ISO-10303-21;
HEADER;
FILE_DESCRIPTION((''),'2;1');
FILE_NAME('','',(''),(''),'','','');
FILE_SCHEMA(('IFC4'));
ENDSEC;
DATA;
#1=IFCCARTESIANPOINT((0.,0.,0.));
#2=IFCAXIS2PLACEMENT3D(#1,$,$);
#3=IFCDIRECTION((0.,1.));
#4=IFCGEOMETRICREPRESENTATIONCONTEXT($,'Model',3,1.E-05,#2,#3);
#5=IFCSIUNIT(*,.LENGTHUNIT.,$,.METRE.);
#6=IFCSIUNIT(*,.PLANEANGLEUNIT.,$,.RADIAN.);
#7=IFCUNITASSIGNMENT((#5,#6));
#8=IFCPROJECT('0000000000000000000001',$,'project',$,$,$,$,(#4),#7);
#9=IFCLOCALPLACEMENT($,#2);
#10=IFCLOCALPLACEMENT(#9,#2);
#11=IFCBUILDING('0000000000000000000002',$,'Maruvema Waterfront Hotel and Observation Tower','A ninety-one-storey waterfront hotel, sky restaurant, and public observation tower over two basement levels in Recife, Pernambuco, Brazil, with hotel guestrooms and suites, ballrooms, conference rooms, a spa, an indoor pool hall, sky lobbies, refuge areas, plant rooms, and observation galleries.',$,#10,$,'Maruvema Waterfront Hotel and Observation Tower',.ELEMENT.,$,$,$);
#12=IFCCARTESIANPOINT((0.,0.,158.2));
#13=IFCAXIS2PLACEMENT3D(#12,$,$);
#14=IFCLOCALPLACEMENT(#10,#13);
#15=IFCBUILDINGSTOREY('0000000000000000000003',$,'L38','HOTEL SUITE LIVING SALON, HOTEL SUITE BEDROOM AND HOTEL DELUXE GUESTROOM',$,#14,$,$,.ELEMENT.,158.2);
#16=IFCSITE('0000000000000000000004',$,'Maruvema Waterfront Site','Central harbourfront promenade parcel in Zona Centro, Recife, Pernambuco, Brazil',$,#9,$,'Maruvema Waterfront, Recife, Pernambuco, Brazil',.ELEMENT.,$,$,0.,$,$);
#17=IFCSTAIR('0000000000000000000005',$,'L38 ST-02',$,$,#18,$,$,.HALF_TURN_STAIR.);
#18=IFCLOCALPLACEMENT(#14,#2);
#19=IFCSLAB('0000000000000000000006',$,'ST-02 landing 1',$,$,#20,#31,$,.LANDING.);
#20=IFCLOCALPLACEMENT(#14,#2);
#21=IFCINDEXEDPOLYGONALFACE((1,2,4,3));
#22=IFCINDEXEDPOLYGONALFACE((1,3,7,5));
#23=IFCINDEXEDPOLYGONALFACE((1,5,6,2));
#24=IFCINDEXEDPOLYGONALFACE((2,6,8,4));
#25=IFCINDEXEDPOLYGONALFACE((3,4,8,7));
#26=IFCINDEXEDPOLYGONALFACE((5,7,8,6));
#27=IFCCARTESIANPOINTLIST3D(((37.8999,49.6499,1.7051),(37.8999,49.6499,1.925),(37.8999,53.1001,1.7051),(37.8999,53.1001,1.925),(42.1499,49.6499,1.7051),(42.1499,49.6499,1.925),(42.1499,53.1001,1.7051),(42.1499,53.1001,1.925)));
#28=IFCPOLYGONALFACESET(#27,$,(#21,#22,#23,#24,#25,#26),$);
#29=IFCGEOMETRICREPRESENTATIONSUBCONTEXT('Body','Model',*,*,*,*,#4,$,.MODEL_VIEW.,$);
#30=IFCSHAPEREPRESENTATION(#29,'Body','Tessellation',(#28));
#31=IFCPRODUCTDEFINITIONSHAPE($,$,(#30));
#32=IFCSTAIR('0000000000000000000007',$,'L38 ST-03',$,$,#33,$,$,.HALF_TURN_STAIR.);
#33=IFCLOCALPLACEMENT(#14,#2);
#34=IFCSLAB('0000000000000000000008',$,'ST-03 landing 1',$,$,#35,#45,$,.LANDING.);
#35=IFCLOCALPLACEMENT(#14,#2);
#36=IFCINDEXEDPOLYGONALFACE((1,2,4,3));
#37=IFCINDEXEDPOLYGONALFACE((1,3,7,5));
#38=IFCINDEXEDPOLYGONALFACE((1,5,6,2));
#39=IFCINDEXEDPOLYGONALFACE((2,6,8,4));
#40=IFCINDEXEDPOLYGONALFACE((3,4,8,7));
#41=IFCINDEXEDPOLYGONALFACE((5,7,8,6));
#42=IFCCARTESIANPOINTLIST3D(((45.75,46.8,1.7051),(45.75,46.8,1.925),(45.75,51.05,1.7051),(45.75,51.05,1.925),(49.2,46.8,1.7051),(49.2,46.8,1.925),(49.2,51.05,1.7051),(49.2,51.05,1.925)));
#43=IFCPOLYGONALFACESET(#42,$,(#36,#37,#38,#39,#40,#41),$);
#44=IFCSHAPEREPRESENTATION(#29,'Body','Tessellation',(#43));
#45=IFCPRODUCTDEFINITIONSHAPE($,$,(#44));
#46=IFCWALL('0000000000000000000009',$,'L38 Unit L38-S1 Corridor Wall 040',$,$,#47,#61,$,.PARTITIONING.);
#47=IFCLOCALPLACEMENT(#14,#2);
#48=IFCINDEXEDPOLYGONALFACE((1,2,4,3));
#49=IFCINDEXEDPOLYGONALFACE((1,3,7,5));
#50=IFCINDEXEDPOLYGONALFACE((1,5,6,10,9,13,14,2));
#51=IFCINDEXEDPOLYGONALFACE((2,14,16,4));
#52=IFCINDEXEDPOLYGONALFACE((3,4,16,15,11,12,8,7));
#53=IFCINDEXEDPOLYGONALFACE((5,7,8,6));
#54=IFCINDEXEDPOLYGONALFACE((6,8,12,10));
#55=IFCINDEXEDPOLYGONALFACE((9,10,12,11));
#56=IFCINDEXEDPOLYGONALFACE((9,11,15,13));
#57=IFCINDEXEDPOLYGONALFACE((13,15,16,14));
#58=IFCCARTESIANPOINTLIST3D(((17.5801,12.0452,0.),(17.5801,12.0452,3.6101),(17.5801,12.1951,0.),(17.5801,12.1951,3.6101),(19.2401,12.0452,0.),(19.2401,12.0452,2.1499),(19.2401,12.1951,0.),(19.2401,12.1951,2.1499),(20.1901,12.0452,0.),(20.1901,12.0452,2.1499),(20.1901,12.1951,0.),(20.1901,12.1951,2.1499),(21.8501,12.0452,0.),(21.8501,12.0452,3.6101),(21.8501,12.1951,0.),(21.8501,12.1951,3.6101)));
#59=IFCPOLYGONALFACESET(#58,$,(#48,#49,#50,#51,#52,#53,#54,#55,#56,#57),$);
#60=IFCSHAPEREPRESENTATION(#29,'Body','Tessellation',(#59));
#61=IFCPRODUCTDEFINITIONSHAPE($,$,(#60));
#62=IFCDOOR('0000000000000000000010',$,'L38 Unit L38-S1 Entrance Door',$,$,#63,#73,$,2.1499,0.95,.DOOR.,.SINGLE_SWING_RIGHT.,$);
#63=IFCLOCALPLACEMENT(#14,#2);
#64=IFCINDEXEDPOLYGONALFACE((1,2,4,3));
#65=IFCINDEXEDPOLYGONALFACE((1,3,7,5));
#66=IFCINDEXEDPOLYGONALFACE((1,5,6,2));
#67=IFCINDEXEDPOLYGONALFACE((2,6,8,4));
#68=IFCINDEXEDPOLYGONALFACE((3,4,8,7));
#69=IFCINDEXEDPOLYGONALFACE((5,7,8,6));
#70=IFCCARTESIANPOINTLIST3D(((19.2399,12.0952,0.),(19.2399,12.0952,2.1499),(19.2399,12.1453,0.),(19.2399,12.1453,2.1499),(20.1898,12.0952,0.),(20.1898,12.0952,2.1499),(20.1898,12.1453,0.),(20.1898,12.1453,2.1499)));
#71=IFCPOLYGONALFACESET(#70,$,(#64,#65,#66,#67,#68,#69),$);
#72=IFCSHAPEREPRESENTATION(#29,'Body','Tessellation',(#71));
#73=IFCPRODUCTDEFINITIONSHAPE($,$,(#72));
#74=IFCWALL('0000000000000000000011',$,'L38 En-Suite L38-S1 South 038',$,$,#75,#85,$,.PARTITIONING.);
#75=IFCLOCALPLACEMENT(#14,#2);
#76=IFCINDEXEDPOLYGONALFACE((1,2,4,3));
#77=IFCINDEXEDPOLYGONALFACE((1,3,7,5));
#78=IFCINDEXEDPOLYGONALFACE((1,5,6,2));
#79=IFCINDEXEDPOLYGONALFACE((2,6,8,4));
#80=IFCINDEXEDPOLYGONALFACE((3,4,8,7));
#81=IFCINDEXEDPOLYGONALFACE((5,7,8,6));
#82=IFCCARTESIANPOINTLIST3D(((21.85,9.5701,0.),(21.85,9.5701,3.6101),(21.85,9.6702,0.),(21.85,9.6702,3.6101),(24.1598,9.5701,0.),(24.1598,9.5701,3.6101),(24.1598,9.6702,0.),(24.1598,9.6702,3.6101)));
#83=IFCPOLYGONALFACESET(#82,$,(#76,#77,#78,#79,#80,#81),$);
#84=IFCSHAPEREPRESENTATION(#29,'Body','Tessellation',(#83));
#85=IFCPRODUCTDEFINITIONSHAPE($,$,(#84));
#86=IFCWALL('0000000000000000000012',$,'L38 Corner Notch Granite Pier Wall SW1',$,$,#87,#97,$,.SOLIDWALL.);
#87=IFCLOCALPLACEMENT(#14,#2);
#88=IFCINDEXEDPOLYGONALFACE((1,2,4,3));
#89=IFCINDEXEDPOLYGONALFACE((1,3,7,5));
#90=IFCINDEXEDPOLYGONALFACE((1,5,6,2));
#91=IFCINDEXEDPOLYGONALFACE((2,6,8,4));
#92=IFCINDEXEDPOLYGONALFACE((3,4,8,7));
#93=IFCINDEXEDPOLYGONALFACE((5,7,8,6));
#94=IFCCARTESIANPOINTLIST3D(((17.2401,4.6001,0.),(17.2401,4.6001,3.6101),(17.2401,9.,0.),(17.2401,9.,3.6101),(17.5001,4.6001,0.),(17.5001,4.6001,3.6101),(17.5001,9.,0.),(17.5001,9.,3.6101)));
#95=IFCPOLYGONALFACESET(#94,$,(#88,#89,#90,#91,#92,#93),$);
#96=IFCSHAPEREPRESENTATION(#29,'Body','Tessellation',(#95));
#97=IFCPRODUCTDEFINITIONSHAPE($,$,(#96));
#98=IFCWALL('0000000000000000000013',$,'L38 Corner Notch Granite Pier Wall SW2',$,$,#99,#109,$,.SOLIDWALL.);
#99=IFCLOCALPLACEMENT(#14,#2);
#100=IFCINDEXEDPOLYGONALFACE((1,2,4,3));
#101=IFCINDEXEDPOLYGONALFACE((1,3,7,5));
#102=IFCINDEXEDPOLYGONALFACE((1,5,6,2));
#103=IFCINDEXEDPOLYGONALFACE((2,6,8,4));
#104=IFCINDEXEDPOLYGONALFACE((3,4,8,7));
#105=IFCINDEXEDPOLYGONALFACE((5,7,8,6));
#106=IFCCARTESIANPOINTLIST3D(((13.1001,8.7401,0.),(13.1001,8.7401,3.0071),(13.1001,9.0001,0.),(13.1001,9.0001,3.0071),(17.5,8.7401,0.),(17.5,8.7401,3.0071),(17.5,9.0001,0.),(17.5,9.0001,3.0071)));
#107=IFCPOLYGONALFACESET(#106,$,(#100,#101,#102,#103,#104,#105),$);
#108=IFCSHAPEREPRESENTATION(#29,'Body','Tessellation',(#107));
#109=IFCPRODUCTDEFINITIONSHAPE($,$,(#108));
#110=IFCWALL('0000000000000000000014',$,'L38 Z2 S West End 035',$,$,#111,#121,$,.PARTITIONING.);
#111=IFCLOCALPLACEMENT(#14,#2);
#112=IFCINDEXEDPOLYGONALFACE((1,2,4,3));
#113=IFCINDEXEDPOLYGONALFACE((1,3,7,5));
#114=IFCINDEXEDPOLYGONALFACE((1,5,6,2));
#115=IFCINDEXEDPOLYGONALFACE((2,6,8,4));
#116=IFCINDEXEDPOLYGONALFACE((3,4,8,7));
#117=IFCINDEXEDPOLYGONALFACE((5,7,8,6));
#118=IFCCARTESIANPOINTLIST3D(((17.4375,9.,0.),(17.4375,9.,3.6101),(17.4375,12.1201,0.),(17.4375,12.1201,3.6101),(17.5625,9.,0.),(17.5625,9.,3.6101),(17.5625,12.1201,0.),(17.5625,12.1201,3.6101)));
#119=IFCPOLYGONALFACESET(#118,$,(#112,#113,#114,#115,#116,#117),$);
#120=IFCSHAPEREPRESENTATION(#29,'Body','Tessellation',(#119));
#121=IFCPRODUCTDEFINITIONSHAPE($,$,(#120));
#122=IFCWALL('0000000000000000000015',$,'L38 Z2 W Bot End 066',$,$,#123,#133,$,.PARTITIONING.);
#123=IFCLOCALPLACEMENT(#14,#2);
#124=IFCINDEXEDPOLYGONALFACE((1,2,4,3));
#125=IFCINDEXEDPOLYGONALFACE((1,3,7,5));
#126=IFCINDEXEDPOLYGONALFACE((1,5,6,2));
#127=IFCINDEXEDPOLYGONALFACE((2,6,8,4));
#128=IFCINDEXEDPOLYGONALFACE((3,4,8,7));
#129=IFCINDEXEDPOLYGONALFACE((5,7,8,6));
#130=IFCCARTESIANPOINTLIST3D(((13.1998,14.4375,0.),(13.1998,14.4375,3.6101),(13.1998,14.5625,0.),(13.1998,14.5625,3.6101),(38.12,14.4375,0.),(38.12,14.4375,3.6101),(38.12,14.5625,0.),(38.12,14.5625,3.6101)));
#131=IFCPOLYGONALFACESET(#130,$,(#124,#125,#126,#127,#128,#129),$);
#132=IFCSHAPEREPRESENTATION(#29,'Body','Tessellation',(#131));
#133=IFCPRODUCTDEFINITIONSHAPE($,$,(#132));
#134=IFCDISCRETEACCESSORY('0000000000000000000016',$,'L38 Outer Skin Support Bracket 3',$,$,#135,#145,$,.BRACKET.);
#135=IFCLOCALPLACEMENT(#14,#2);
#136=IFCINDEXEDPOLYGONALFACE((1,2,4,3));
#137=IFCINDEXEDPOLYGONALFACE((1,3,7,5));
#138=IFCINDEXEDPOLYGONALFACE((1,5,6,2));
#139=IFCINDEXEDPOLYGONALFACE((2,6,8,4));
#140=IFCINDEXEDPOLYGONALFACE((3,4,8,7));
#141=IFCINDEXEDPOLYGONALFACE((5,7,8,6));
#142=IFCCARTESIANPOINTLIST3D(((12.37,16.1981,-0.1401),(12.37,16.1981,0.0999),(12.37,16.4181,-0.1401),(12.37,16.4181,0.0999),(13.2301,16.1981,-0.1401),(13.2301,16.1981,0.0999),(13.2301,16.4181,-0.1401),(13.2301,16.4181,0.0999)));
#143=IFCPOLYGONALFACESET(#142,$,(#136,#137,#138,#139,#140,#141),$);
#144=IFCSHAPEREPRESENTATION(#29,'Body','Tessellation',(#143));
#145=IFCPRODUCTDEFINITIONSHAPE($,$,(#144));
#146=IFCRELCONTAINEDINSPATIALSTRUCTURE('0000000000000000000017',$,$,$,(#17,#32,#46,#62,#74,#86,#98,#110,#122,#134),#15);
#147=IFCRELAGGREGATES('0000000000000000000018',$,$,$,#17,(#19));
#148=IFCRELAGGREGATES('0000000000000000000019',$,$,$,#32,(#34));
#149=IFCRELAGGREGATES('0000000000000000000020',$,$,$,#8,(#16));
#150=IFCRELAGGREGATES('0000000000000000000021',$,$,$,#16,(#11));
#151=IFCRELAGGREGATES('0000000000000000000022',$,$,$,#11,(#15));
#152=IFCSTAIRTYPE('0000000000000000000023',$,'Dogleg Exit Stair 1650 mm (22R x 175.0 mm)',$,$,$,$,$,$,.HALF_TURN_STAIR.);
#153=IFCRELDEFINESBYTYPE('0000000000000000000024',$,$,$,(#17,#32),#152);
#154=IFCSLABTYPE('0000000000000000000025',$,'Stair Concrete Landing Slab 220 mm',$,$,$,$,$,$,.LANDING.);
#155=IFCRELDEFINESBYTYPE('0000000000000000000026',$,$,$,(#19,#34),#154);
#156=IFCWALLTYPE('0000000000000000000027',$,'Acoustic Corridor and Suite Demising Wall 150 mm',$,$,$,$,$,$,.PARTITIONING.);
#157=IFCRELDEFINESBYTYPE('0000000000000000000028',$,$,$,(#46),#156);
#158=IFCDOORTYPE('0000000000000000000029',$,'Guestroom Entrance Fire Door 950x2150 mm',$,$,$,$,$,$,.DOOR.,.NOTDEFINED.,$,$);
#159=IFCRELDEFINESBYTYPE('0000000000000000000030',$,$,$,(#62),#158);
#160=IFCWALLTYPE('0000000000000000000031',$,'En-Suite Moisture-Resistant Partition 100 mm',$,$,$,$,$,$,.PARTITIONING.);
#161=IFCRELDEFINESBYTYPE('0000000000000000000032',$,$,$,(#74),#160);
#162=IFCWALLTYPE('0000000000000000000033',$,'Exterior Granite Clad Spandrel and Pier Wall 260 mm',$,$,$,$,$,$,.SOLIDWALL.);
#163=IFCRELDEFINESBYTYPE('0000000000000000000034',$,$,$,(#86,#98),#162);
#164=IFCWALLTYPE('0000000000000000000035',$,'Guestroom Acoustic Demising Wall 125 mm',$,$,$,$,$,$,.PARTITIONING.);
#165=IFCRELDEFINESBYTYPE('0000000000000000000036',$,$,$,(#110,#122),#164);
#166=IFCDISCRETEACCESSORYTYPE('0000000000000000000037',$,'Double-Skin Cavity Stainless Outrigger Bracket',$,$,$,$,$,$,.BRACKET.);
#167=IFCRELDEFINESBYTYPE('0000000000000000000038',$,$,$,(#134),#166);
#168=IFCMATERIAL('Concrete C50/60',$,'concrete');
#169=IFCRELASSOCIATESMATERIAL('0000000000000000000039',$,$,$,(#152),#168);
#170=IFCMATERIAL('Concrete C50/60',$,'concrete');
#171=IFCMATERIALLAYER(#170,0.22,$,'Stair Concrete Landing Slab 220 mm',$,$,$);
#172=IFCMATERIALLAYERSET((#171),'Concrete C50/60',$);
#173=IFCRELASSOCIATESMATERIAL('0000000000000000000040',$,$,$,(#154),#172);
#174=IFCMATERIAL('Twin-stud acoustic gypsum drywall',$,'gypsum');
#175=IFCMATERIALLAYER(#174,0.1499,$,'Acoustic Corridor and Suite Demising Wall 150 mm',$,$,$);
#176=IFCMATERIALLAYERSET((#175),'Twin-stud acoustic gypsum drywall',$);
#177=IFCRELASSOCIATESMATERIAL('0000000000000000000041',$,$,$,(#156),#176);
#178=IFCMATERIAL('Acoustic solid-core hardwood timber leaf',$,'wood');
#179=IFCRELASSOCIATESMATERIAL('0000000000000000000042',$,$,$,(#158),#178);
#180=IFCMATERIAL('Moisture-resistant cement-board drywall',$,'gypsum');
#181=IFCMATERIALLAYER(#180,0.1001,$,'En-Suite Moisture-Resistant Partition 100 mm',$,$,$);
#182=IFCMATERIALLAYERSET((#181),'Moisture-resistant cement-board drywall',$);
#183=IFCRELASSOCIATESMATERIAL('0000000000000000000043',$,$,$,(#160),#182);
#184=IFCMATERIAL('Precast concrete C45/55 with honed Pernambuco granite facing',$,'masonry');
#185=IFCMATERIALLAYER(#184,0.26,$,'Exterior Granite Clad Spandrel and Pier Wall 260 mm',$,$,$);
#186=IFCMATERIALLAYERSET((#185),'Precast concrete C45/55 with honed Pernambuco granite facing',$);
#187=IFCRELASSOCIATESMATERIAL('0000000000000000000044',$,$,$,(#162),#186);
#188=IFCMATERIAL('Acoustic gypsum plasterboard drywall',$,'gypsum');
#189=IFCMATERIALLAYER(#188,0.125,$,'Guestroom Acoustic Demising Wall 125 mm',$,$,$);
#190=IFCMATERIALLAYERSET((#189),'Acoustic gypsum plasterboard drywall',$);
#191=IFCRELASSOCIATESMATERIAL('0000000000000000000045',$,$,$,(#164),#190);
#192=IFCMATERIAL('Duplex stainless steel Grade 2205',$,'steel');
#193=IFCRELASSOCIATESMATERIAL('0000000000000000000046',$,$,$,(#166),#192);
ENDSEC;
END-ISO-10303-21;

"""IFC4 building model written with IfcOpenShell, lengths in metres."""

from ifc_helpers import new_model, si_unit, direction, frame, frame_2d, origin, origin_2d, place, context, subcontext, project, spatial, polyline, rectangle, outline, extrude, material, layer, layer_set, type_object, element, fill, aggregate, save


model = new_model("IFC4")

# Units and contexts
model_context = context("Model", 3, precision=1e-05, world=origin(), true_north=direction((0.0, 1.0)))
body_context = subcontext(model_context, "Body", "Model", "MODEL_VIEW")
ifc_project = project(units=[si_unit("LENGTHUNIT", "METRE"), si_unit("PLANEANGLEUNIT", "RADIAN")], contexts=[model_context])

# Site, building, storey
site_placement = place(None, origin())
site = spatial("IfcSite", under=ifc_project, at=site_placement, Name="Maruvema Waterfront Site", Description="Central harbourfront promenade parcel in Zona Centro, Recife, Pernambuco, Brazil", LongName="Maruvema Waterfront, Recife, Pernambuco, Brazil", CompositionType="ELEMENT", RefElevation=0.0)
building_placement = place(site_placement, origin())
building = spatial("IfcBuilding", under=site, at=building_placement, Name="Maruvema Waterfront Hotel and Observation Tower", Description="A ninety-one-storey waterfront hotel, sky restaurant, and public observation tower over two basement levels in Recife, Pernambuco, Brazil, with hotel guestrooms and suites, ballrooms, conference rooms, a spa, an indoor pool hall, sky lobbies, refuge areas, plant rooms, and observation galleries.", LongName="Maruvema Waterfront Hotel and Observation Tower", CompositionType="ELEMENT")
storey_placement = place(building_placement, frame((0.0, 0.0, 158.2)))
storey = spatial("IfcBuildingStorey", under=building, at=storey_placement, Name="L38", Description="HOTEL SUITE LIVING SALON, HOTEL SUITE BEDROOM AND HOTEL DELUXE GUESTROOM", CompositionType="ELEMENT", Elevation=158.2)

# Stairs, slabs
ifc_material_1 = material(Name="Concrete C50/60", Category="concrete")
stair_type = type_object("IfcStairType", Name="Dogleg Exit Stair 1650 mm (22R x 175.0 mm)", PredefinedType="HALF_TURN_STAIR", material=ifc_material_1)
ifc_material_2 = material(Name="Concrete C50/60", Category="concrete")
ifc_layer_1 = layer(ifc_material_2, 0.22, Name="Stair Concrete Landing Slab 220 mm")
ifc_layer_set_1 = layer_set([ifc_layer_1], Name="Concrete C50/60")
slab_type_1 = type_object("IfcSlabType", Name="Stair Concrete Landing Slab 220 mm", PredefinedType="LANDING", material=ifc_layer_set_1)
stair_1_placement = place(storey_placement, origin())
stair_1 = element("IfcStair", 1, at=stair_1_placement, inside=storey, type_object=stair_type, Name="L38 ST-02", PredefinedType="HALF_TURN_STAIR")
slab_1_placement = place(storey_placement, frame((0.0, 0.0, 1.7051)))
slab_1 = element("IfcSlab", 2, at=slab_1_placement, type_object=slab_type_1, Name="ST-02 landing 1", PredefinedType="LANDING", context=body_context, shape_type="SweptSolid", body=[
    extrude(outline(polyline([(37.8999, 49.6499), (42.1499, 49.6499), (42.1499, 53.1001), (37.8999, 53.1001), (37.8999, 49.6499)])), origin(), (0.0, 0.0, 1.0), 0.22),
])
aggregate(stair_1, [slab_1])
stair_2_placement = place(storey_placement, origin())
stair_2 = element("IfcStair", 3, at=stair_2_placement, inside=storey, type_object=stair_type, Name="L38 ST-03", PredefinedType="HALF_TURN_STAIR")
slab_2_placement = place(storey_placement, frame((0.0, 0.0, 1.7051)))
slab_2 = element("IfcSlab", 4, at=slab_2_placement, type_object=slab_type_1, Name="ST-03 landing 1", PredefinedType="LANDING", context=body_context, shape_type="SweptSolid", body=[
    extrude(outline(polyline([(49.2, 46.8), (49.2, 51.05), (45.75, 51.05), (45.75, 46.8), (49.2, 46.8)])), origin(), (0.0, 0.0, 1.0), 0.22),
])
aggregate(stair_2, [slab_2])

# Wall, opening, door
ifc_material_3 = material(Name="Twin-stud acoustic gypsum drywall", Category="gypsum")
ifc_layer_2 = layer(ifc_material_3, 0.1499, Name="Acoustic Corridor and Suite Demising Wall 150 mm")
ifc_layer_set_2 = layer_set([ifc_layer_2], Name="Twin-stud acoustic gypsum drywall")
wall_type_1 = type_object("IfcWallType", Name="Acoustic Corridor and Suite Demising Wall 150 mm", PredefinedType="PARTITIONING", material=ifc_layer_set_2)
wall_1_placement = place(storey_placement, frame((17.5801, 12.1201, 0.0), z_axis=(0.0, 0.0, 1.0), x_axis=(1.0, 0.0, 0.0)))
wall_1 = element("IfcWall", 5, at=wall_1_placement, inside=storey, type_object=wall_type_1, Name="L38 Unit L38-S1 Corridor Wall 040", PredefinedType="PARTITIONING", context=body_context, shape_type="SweptSolid", body=[
    extrude(rectangle(XDim=4.27, YDim=0.1499, at=frame_2d((2.135, 0.0))), origin(), (0.0, 0.0, 1.0), 3.6101),
])
opening_placement = place(wall_1_placement, frame((1.6599, 0.0, 0.0)))
opening = element("IfcOpeningElement", 6, at=opening_placement, cuts=wall_1, PredefinedType="OPENING", context=body_context, shape_type="SweptSolid", body=[
    extrude(rectangle(XDim=0.95, YDim=2.1499, at=frame_2d((0.4751, 1.075))), frame((0.0, 0.085, 0.0), z_axis=(0.0, -1.0, 0.0), x_axis=(1.0, 0.0, 0.0)), (0.0, 0.0, 1.0), 0.1699),
])
ifc_material_4 = material(Name="Acoustic solid-core hardwood timber leaf", Category="wood")
door_type = type_object("IfcDoorType", Name="Guestroom Entrance Fire Door 950x2150 mm", OperationType="NOTDEFINED", PredefinedType="DOOR", material=ifc_material_4)
door_placement = place(opening_placement, frame((0.95, 0.0, 0.0), z_axis=(0.0, 0.0, 1.0), x_axis=(-1.0, 0.0, 0.0)))
door = element("IfcDoor", 7, at=door_placement, inside=storey, type_object=door_type, Name="L38 Unit L38-S1 Entrance Door", OperationType="SINGLE_SWING_RIGHT", OverallHeight=2.1499, OverallWidth=0.95, PredefinedType="DOOR", context=body_context, shape_type="SweptSolid", body=[
    extrude(rectangle(XDim=0.95, YDim=2.1499, at=frame_2d((0.4751, 1.075))), frame((0.0, 0.0249, 0.0), z_axis=(0.0, -1.0, 0.0), x_axis=(1.0, 0.0, 0.0)), (0.0, 0.0, 1.0), 0.05),
])
fill(opening, door)

# Walls
ifc_material_5 = material(Name="Moisture-resistant cement-board drywall", Category="gypsum")
ifc_layer_3 = layer(ifc_material_5, 0.1001, Name="En-Suite Moisture-Resistant Partition 100 mm")
ifc_layer_set_3 = layer_set([ifc_layer_3], Name="Moisture-resistant cement-board drywall")
wall_type_2 = type_object("IfcWallType", Name="En-Suite Moisture-Resistant Partition 100 mm", PredefinedType="PARTITIONING", material=ifc_layer_set_3)
wall_2_placement = place(storey_placement, frame((21.8501, 9.6201, 0.0), z_axis=(0.0, 0.0, 1.0), x_axis=(1.0, 0.0, 0.0)))
element("IfcWall", 8, at=wall_2_placement, inside=storey, type_object=wall_type_2, Name="L38 En-Suite L38-S1 South 038", PredefinedType="PARTITIONING", context=body_context, shape_type="SweptSolid", body=[
    extrude(rectangle(XDim=2.3098, YDim=0.1001, at=frame_2d((1.1548, 0.0))), origin(), (0.0, 0.0, 1.0), 3.6101),
])
ifc_material_6 = material(Name="Precast concrete C45/55 with honed Pernambuco granite facing", Category="masonry")
ifc_layer_4 = layer(ifc_material_6, 0.26, Name="Exterior Granite Clad Spandrel and Pier Wall 260 mm")
ifc_layer_set_4 = layer_set([ifc_layer_4], Name="Precast concrete C45/55 with honed Pernambuco granite facing")
wall_type_3 = type_object("IfcWallType", Name="Exterior Granite Clad Spandrel and Pier Wall 260 mm", PredefinedType="SOLIDWALL", material=ifc_layer_set_4)
wall_3_placement = place(storey_placement, frame((17.3701, 4.6001, 0.0), z_axis=(0.0, 0.0, 1.0), x_axis=(0.0, 1.0, 0.0)))
element("IfcWall", 9, at=wall_3_placement, inside=storey, type_object=wall_type_3, Name="L38 Corner Notch Granite Pier Wall SW1", PredefinedType="SOLIDWALL", context=body_context, shape_type="SweptSolid", body=[
    extrude(rectangle(XDim=4.3999, YDim=0.26, at=frame_2d((2.2, 0.0))), origin(), (0.0, 0.0, 1.0), 3.6101),
])
wall_4_placement = place(storey_placement, frame((17.5, 8.8701, 0.0), z_axis=(0.0, 0.0, 1.0), x_axis=(-1.0, 0.0, 0.0)))
element("IfcWall", 10, at=wall_4_placement, inside=storey, type_object=wall_type_3, Name="L38 Corner Notch Granite Pier Wall SW2", PredefinedType="SOLIDWALL", context=body_context, shape_type="SweptSolid", body=[
    extrude(rectangle(XDim=4.3999, YDim=0.26, at=frame_2d((2.2, 0.0))), origin(), (0.0, 0.0, 1.0), 3.0071),
])
ifc_material_7 = material(Name="Acoustic gypsum plasterboard drywall", Category="gypsum")
ifc_layer_5 = layer(ifc_material_7, 0.125, Name="Guestroom Acoustic Demising Wall 125 mm")
ifc_layer_set_5 = layer_set([ifc_layer_5], Name="Acoustic gypsum plasterboard drywall")
wall_type_4 = type_object("IfcWallType", Name="Guestroom Acoustic Demising Wall 125 mm", PredefinedType="PARTITIONING", material=ifc_layer_set_5)
wall_5_placement = place(storey_placement, frame((17.5, 9.0, 0.0), z_axis=(0.0, 0.0, 1.0), x_axis=(0.0, 1.0, 0.0)))
element("IfcWall", 11, at=wall_5_placement, inside=storey, type_object=wall_type_4, Name="L38 Z2 S West End 035", PredefinedType="PARTITIONING", context=body_context, shape_type="SweptSolid", body=[
    extrude(rectangle(XDim=3.1201, YDim=0.125, at=frame_2d((1.5601, 0.0))), origin(), (0.0, 0.0, 1.0), 3.6101),
])
wall_6_placement = place(storey_placement, frame((13.2, 14.5, 0.0), z_axis=(0.0, 0.0, 1.0), x_axis=(1.0, 0.0, 0.0)))
element("IfcWall", 12, at=wall_6_placement, inside=storey, type_object=wall_type_4, Name="L38 Z2 W Bot End 066", PredefinedType="PARTITIONING", context=body_context, shape_type="SweptSolid", body=[
    extrude(rectangle(XDim=24.9202, YDim=0.125, at=frame_2d((12.46, 0.0))), origin(), (0.0, 0.0, 1.0), 3.6101),
])

# Discrete accessory
ifc_material_8 = material(Name="Duplex stainless steel Grade 2205", Category="steel")
discrete_accessory_type = type_object("IfcDiscreteAccessoryType", Name="Double-Skin Cavity Stainless Outrigger Bracket", PredefinedType="BRACKET", material=ifc_material_8)
discrete_accessory_placement = place(storey_placement, frame((12.8, 16.3081, -0.1401), z_axis=(0.0, 0.0, 1.0), x_axis=(0.0, -1.0, 0.0)))
element("IfcDiscreteAccessory", 13, at=discrete_accessory_placement, inside=storey, type_object=discrete_accessory_type, Name="L38 Outer Skin Support Bracket 3", PredefinedType="BRACKET", context=body_context, shape_type="SweptSolid", body=[
    extrude(rectangle(XDim=0.22, YDim=0.8601, at=origin_2d()), origin(), (0.0, 0.0, 1.0), 0.24),
])

save(model, "model.ifc")
